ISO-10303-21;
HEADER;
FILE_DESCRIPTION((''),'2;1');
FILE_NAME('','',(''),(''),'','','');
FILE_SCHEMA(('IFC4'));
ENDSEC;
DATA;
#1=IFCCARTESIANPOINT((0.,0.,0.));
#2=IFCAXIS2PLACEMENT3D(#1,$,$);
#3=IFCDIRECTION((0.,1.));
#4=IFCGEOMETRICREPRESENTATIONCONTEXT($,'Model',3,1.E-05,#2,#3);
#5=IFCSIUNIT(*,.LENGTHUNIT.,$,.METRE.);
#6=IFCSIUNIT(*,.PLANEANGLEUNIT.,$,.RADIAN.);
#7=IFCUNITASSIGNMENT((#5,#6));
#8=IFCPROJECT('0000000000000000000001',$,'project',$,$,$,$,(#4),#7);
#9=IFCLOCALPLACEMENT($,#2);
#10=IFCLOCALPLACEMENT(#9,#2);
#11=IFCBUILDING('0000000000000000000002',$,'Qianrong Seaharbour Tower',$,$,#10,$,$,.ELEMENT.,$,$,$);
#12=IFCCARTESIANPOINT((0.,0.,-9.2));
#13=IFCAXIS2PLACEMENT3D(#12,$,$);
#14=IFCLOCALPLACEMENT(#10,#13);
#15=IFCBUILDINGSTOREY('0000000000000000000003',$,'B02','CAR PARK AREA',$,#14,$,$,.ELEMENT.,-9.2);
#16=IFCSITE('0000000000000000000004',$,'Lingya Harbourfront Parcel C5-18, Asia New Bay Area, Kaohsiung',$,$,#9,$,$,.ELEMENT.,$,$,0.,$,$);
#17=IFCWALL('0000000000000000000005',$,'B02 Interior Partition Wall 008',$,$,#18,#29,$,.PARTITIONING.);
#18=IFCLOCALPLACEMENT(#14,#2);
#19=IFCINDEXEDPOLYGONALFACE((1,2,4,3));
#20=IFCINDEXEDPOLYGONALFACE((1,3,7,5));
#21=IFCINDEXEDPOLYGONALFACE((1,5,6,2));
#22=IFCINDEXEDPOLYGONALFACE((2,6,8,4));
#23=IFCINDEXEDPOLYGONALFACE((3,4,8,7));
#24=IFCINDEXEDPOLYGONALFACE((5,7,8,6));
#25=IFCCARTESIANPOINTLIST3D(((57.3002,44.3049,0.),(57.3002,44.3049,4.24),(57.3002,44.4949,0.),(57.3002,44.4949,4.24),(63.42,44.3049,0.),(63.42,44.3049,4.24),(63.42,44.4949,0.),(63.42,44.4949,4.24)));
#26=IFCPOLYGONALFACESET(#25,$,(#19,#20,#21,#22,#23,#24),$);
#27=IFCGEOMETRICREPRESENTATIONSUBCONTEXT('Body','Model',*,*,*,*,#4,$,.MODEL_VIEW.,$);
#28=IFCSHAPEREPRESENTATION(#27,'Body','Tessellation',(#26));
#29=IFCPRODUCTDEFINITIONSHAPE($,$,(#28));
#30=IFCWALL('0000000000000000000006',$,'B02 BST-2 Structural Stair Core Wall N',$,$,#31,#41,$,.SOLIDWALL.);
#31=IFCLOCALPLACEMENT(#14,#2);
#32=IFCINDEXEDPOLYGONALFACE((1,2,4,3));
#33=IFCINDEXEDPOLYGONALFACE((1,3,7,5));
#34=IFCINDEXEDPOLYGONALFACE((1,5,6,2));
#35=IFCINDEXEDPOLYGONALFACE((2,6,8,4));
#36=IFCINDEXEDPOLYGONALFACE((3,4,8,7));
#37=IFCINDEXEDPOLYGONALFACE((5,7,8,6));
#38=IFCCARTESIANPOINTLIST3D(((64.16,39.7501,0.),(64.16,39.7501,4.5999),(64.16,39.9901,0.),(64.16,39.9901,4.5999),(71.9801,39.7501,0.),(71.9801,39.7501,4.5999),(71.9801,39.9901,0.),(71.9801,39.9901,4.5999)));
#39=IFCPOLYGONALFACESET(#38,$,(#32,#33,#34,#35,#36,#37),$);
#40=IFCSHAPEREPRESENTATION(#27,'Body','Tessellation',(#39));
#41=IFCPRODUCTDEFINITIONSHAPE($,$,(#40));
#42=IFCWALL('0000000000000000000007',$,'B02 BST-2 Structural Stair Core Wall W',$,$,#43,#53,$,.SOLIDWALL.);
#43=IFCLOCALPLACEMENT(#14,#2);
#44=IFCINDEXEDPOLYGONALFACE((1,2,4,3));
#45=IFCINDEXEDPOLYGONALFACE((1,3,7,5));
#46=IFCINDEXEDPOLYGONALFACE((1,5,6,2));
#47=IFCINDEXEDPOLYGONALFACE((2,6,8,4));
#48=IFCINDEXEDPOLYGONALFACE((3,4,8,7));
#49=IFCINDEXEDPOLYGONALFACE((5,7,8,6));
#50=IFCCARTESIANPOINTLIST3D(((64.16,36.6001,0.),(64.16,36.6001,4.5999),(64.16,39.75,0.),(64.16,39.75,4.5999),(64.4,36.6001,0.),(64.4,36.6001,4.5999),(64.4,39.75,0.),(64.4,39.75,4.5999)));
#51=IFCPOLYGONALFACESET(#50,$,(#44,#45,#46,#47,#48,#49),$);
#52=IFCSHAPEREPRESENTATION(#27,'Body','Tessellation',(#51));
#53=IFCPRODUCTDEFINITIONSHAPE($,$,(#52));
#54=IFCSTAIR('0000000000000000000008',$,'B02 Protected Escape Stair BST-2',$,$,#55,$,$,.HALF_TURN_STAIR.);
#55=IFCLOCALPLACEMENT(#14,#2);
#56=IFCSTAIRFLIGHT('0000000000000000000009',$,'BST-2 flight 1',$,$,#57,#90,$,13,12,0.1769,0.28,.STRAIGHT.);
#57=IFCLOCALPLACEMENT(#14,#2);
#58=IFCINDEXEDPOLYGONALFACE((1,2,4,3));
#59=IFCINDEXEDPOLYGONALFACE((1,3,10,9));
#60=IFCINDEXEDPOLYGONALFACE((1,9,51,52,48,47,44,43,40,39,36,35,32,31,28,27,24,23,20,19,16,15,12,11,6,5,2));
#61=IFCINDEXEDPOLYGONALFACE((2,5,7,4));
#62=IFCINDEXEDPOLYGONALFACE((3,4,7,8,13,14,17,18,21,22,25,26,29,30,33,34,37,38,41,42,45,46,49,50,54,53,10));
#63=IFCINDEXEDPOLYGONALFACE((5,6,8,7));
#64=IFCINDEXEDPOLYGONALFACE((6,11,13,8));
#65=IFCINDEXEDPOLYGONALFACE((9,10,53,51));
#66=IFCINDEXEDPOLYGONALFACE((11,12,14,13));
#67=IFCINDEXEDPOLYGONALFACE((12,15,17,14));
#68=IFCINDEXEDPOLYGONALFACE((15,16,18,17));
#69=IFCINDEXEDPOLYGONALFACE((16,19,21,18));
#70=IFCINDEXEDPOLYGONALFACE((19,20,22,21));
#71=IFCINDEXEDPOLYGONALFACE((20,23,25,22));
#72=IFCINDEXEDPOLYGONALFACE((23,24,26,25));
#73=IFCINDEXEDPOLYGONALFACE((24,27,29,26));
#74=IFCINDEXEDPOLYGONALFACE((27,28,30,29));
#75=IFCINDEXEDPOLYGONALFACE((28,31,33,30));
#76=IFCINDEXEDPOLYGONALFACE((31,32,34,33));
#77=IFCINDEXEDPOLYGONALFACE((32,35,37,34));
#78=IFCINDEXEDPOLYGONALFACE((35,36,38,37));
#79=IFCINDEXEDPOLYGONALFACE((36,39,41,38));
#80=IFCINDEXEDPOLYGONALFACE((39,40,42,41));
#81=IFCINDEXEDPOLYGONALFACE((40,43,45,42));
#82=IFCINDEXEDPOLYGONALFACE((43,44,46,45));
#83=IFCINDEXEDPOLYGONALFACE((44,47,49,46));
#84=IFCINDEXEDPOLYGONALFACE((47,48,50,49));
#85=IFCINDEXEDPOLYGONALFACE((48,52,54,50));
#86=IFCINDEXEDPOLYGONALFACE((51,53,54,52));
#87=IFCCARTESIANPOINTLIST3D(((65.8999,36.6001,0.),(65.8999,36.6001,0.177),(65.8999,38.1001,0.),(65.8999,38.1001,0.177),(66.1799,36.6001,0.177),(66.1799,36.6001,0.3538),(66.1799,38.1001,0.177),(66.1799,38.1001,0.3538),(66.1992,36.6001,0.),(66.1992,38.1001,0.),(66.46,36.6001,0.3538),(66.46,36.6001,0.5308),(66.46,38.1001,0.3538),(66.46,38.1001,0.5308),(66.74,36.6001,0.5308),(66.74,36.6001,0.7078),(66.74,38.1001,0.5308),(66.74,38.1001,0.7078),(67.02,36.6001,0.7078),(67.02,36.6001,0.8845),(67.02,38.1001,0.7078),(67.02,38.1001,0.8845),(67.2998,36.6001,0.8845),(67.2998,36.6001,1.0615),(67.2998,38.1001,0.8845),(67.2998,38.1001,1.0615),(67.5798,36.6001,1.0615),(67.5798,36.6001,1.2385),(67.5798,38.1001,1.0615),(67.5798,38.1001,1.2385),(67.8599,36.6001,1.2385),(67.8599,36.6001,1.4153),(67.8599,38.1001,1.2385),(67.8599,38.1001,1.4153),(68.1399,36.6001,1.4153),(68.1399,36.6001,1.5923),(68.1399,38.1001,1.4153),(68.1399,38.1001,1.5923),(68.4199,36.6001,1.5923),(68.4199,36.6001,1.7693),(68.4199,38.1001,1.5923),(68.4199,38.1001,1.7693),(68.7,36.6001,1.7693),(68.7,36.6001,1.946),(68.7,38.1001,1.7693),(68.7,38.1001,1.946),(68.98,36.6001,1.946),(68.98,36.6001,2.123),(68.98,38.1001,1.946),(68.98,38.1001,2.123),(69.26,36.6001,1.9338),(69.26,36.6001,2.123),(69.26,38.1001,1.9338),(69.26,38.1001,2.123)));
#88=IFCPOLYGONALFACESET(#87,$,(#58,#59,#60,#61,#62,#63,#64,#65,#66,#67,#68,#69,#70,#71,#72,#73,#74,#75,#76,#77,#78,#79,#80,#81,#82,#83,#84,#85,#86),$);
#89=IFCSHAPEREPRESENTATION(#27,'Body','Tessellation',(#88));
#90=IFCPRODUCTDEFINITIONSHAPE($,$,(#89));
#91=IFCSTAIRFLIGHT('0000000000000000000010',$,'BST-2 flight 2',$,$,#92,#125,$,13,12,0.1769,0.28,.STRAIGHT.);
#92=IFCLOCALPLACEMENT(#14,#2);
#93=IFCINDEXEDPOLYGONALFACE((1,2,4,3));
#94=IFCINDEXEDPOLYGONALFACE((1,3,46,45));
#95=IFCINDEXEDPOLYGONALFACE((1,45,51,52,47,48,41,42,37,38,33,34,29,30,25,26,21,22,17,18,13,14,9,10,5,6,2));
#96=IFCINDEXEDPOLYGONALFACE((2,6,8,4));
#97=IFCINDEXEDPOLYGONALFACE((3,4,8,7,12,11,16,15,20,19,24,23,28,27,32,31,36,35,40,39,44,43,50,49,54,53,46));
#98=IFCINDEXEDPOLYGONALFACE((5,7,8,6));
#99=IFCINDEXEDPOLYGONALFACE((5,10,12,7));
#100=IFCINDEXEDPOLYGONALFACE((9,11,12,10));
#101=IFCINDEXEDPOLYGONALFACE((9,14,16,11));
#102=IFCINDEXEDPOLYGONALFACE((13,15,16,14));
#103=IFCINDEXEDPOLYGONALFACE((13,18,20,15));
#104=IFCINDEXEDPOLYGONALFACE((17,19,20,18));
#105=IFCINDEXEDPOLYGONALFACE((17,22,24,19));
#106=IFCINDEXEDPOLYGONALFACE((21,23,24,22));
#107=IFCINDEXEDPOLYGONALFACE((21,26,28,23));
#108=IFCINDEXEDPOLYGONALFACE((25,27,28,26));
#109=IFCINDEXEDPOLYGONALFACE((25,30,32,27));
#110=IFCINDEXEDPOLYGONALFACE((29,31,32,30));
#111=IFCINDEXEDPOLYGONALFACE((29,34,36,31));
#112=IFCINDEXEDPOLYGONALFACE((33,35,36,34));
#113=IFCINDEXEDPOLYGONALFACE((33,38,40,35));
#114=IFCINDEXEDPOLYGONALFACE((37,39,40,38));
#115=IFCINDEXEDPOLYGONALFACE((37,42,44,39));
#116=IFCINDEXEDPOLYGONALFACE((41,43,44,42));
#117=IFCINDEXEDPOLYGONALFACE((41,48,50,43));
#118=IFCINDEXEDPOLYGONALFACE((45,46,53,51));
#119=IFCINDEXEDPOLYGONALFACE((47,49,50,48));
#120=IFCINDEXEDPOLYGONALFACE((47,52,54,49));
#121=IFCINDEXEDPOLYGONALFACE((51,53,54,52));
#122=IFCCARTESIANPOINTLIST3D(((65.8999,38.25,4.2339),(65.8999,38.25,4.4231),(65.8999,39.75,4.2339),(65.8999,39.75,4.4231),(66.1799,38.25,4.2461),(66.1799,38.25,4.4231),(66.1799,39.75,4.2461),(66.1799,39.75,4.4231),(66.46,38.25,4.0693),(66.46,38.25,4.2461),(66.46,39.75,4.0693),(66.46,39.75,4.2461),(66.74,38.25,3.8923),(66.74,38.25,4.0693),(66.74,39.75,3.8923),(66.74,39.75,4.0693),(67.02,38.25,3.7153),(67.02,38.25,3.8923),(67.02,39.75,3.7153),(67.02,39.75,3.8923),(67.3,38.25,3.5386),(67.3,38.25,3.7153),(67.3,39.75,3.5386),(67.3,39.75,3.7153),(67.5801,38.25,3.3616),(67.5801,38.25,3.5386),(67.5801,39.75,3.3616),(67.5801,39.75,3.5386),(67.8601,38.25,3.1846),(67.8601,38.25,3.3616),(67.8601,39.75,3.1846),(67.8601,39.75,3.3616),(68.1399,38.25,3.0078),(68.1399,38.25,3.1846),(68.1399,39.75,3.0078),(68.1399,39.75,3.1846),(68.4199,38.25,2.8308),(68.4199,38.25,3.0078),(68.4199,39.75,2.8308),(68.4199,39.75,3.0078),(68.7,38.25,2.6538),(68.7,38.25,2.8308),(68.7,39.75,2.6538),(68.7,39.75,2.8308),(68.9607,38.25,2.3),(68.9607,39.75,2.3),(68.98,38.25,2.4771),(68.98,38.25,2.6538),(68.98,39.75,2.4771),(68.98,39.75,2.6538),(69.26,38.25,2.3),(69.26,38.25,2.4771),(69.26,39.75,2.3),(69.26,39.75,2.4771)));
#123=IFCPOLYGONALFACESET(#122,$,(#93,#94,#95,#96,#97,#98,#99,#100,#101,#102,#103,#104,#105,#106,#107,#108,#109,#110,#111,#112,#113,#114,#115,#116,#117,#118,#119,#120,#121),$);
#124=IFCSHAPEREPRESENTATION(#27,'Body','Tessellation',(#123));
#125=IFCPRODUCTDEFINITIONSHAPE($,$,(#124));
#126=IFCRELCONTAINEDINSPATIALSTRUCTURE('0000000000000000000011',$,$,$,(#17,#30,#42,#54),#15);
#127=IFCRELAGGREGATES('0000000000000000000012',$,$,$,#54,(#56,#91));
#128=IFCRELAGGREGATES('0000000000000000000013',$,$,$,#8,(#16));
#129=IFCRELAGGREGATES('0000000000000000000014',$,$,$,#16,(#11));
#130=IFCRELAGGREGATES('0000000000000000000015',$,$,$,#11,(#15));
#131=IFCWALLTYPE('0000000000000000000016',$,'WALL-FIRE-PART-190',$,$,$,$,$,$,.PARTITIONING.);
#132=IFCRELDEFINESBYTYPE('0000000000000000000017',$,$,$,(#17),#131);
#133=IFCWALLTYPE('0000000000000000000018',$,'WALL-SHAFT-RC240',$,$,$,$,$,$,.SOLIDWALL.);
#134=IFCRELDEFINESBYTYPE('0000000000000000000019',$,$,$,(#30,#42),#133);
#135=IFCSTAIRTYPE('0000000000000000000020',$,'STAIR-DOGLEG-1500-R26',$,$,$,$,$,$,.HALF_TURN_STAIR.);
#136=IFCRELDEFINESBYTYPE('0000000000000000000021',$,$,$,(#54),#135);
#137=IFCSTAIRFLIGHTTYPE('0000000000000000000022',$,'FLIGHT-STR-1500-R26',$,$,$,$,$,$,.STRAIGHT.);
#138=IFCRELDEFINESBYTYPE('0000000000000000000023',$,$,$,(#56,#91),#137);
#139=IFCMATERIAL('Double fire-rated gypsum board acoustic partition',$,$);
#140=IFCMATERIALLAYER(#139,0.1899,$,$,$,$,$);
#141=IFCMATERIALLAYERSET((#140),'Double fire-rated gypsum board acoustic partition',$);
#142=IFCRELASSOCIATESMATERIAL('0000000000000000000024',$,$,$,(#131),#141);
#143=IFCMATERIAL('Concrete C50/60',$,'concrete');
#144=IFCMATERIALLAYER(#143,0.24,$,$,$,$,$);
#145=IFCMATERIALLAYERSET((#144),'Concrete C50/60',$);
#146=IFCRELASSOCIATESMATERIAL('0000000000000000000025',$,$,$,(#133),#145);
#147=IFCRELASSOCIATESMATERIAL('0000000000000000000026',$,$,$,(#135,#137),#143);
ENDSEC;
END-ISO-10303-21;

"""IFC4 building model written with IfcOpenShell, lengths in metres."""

from ifc_helpers import new_model, si_unit, direction, frame, frame_2d, origin, place, context, subcontext, project, spatial, polyline, rectangle, outline, extrude, material, layer, layer_set, type_object, element, aggregate, save


model = new_model("IFC4")

# Units and contexts
model_context = context("Model", 3, precision=1e-05, world=origin(), true_north=direction((0.0, 1.0)))
body_context = subcontext(model_context, "Body", "Model", "MODEL_VIEW")
ifc_project = project(units=[si_unit("LENGTHUNIT", "METRE"), si_unit("PLANEANGLEUNIT", "RADIAN")], contexts=[model_context])

# Site, building, storey
site_placement = place(None, origin())
site = spatial("IfcSite", under=ifc_project, at=site_placement, Name="Lingya Harbourfront Parcel C5-18, Asia New Bay Area, Kaohsiung", CompositionType="ELEMENT", RefElevation=0.0)
building_placement = place(site_placement, origin())
building = spatial("IfcBuilding", under=site, at=building_placement, Name="Qianrong Seaharbour Tower", CompositionType="ELEMENT")
storey_placement = place(building_placement, frame((0.0, 0.0, -9.2)))
storey = spatial("IfcBuildingStorey", under=building, at=storey_placement, Name="B02", Description="CAR PARK AREA", CompositionType="ELEMENT", Elevation=-9.2)

# Shared definitions
ifc_material_1 = material(Name="Concrete C50/60", Category="concrete")

# Walls
ifc_material_2 = material(Name="Double fire-rated gypsum board acoustic partition")
ifc_layer_1 = layer(ifc_material_2, 0.1899)
ifc_layer_set_1 = layer_set([ifc_layer_1], Name="Double fire-rated gypsum board acoustic partition")
wall_type_1 = type_object("IfcWallType", Name="WALL-FIRE-PART-190", PredefinedType="PARTITIONING", material=ifc_layer_set_1)
wall_1_placement = place(storey_placement, frame((57.3, 44.3999, 0.0), z_axis=(0.0, 0.0, 1.0), x_axis=(1.0, 0.0, 0.0)))
element("IfcWall", 1, at=wall_1_placement, inside=storey, type_object=wall_type_1, Name="B02 Interior Partition Wall 008", PredefinedType="PARTITIONING", context=body_context, shape_type="SweptSolid", body=[
    extrude(rectangle(XDim=6.1199, YDim=0.1899, at=frame_2d((3.0601, 0.0))), origin(), (0.0, 0.0, 1.0), 4.24),
])
ifc_layer_2 = layer(ifc_material_1, 0.24)
ifc_layer_set_2 = layer_set([ifc_layer_2], Name="Concrete C50/60")
wall_type_2 = type_object("IfcWallType", Name="WALL-SHAFT-RC240", PredefinedType="SOLIDWALL", material=ifc_layer_set_2)
wall_2_placement = place(storey_placement, frame((64.1599, 39.8701, 0.0), z_axis=(0.0, 0.0, 1.0), x_axis=(1.0, 0.0, 0.0)))
element("IfcWall", 2, at=wall_2_placement, inside=storey, type_object=wall_type_2, Name="B02 BST-2 Structural Stair Core Wall N", PredefinedType="SOLIDWALL", context=body_context, shape_type="SweptSolid", body=[
    extrude(rectangle(XDim=7.8201, YDim=0.24, at=frame_2d((3.9102, 0.0))), origin(), (0.0, 0.0, 1.0), 4.5999),
])
wall_3_placement = place(storey_placement, frame((64.28, 39.75, 0.0), z_axis=(0.0, 0.0, 1.0), x_axis=(0.0, -1.0, 0.0)))
element("IfcWall", 3, at=wall_3_placement, inside=storey, type_object=wall_type_2, Name="B02 BST-2 Structural Stair Core Wall W", PredefinedType="SOLIDWALL", context=body_context, shape_type="SweptSolid", body=[
    extrude(rectangle(XDim=3.1499, YDim=0.24, at=frame_2d((1.575, 0.0))), origin(), (0.0, 0.0, 1.0), 4.5999),
])

# Stair, stair flights
stair_type = type_object("IfcStairType", Name="STAIR-DOGLEG-1500-R26", PredefinedType="HALF_TURN_STAIR", material=ifc_material_1)
stair_placement = place(storey_placement, origin())
stair = element("IfcStair", 4, at=stair_placement, inside=storey, type_object=stair_type, Name="B02 Protected Escape Stair BST-2", PredefinedType="HALF_TURN_STAIR")
stair_flight_type = type_object("IfcStairFlightType", Name="FLIGHT-STR-1500-R26", PredefinedType="STRAIGHT", material=ifc_material_1)
stair_flight_1_placement = place(storey_placement, frame((65.8999, 37.3501, 0.0), z_axis=(0.0, 0.0, 1.0), x_axis=(1.0, 0.0, 0.0)))
stair_flight_1 = element("IfcStairFlight", 5, at=stair_flight_1_placement, type_object=stair_flight_type, Name="BST-2 flight 1", NumberOfRisers=13, NumberOfTreads=12, PredefinedType="STRAIGHT", RiserHeight=0.1769, TreadLength=0.28, context=body_context, shape_type="SweptSolid", body=[
    extrude(outline(polyline([(0.0, 0.0), (0.0, 0.177), (0.28, 0.177), (0.28, 0.3538), (0.5601, 0.3538), (0.5601, 0.5308), (0.8401, 0.5308), (0.8401, 0.7078), (1.1201, 0.7078), (1.1201, 0.8845), (1.3999, 0.8845), (1.3999, 1.0615), (1.6799, 1.0615), (1.6799, 1.2385), (1.96, 1.2385), (1.96, 1.4153), (2.24, 1.4153), (2.24, 1.5923), (2.52, 1.5923), (2.52, 1.7693), (2.8, 1.7693), (2.8, 1.946), (3.0801, 1.946), (3.0801, 2.123), (3.3601, 2.123), (3.3601, 2.3), (3.3601, 1.9338), (0.2993, 0.0), (0.0, 0.0)])), frame((0.0, 0.75, 0.0), z_axis=(0.0, -1.0, 0.0), x_axis=(1.0, 0.0, 0.0)), (0.0, 0.0, 1.0), 1.5),
])
stair_flight_2_placement = place(storey_placement, frame((69.26, 39.0, 2.3), z_axis=(0.0, 0.0, 1.0), x_axis=(-1.0, 0.0, 0.0)))
stair_flight_2 = element("IfcStairFlight", 6, at=stair_flight_2_placement, type_object=stair_flight_type, Name="BST-2 flight 2", NumberOfRisers=13, NumberOfTreads=12, PredefinedType="STRAIGHT", RiserHeight=0.1769, TreadLength=0.28, context=body_context, shape_type="SweptSolid", body=[
    extrude(outline(polyline([(0.0, 0.0), (0.0, 0.177), (0.28, 0.177), (0.28, 0.3538), (0.5601, 0.3538), (0.5601, 0.5308), (0.8401, 0.5308), (0.8401, 0.7078), (1.1201, 0.7078), (1.1201, 0.8845), (1.3999, 0.8845), (1.3999, 1.0615), (1.6799, 1.0615), (1.6799, 1.2385), (1.96, 1.2385), (1.96, 1.4153), (2.24, 1.4153), (2.24, 1.5923), (2.52, 1.5923), (2.52, 1.7693), (2.8, 1.7693), (2.8, 1.946), (3.0801, 1.946), (3.0801, 2.123), (3.3601, 2.123), (3.3601, 2.3), (3.3601, 1.9338), (0.2993, 0.0), (0.0, 0.0)])), frame((0.0, 0.75, 0.0), z_axis=(0.0, -1.0, 0.0), x_axis=(1.0, 0.0, 0.0)), (0.0, 0.0, 1.0), 1.5),
])
aggregate(stair, [stair_flight_1, stair_flight_2])

save(model, "model.ifc")
